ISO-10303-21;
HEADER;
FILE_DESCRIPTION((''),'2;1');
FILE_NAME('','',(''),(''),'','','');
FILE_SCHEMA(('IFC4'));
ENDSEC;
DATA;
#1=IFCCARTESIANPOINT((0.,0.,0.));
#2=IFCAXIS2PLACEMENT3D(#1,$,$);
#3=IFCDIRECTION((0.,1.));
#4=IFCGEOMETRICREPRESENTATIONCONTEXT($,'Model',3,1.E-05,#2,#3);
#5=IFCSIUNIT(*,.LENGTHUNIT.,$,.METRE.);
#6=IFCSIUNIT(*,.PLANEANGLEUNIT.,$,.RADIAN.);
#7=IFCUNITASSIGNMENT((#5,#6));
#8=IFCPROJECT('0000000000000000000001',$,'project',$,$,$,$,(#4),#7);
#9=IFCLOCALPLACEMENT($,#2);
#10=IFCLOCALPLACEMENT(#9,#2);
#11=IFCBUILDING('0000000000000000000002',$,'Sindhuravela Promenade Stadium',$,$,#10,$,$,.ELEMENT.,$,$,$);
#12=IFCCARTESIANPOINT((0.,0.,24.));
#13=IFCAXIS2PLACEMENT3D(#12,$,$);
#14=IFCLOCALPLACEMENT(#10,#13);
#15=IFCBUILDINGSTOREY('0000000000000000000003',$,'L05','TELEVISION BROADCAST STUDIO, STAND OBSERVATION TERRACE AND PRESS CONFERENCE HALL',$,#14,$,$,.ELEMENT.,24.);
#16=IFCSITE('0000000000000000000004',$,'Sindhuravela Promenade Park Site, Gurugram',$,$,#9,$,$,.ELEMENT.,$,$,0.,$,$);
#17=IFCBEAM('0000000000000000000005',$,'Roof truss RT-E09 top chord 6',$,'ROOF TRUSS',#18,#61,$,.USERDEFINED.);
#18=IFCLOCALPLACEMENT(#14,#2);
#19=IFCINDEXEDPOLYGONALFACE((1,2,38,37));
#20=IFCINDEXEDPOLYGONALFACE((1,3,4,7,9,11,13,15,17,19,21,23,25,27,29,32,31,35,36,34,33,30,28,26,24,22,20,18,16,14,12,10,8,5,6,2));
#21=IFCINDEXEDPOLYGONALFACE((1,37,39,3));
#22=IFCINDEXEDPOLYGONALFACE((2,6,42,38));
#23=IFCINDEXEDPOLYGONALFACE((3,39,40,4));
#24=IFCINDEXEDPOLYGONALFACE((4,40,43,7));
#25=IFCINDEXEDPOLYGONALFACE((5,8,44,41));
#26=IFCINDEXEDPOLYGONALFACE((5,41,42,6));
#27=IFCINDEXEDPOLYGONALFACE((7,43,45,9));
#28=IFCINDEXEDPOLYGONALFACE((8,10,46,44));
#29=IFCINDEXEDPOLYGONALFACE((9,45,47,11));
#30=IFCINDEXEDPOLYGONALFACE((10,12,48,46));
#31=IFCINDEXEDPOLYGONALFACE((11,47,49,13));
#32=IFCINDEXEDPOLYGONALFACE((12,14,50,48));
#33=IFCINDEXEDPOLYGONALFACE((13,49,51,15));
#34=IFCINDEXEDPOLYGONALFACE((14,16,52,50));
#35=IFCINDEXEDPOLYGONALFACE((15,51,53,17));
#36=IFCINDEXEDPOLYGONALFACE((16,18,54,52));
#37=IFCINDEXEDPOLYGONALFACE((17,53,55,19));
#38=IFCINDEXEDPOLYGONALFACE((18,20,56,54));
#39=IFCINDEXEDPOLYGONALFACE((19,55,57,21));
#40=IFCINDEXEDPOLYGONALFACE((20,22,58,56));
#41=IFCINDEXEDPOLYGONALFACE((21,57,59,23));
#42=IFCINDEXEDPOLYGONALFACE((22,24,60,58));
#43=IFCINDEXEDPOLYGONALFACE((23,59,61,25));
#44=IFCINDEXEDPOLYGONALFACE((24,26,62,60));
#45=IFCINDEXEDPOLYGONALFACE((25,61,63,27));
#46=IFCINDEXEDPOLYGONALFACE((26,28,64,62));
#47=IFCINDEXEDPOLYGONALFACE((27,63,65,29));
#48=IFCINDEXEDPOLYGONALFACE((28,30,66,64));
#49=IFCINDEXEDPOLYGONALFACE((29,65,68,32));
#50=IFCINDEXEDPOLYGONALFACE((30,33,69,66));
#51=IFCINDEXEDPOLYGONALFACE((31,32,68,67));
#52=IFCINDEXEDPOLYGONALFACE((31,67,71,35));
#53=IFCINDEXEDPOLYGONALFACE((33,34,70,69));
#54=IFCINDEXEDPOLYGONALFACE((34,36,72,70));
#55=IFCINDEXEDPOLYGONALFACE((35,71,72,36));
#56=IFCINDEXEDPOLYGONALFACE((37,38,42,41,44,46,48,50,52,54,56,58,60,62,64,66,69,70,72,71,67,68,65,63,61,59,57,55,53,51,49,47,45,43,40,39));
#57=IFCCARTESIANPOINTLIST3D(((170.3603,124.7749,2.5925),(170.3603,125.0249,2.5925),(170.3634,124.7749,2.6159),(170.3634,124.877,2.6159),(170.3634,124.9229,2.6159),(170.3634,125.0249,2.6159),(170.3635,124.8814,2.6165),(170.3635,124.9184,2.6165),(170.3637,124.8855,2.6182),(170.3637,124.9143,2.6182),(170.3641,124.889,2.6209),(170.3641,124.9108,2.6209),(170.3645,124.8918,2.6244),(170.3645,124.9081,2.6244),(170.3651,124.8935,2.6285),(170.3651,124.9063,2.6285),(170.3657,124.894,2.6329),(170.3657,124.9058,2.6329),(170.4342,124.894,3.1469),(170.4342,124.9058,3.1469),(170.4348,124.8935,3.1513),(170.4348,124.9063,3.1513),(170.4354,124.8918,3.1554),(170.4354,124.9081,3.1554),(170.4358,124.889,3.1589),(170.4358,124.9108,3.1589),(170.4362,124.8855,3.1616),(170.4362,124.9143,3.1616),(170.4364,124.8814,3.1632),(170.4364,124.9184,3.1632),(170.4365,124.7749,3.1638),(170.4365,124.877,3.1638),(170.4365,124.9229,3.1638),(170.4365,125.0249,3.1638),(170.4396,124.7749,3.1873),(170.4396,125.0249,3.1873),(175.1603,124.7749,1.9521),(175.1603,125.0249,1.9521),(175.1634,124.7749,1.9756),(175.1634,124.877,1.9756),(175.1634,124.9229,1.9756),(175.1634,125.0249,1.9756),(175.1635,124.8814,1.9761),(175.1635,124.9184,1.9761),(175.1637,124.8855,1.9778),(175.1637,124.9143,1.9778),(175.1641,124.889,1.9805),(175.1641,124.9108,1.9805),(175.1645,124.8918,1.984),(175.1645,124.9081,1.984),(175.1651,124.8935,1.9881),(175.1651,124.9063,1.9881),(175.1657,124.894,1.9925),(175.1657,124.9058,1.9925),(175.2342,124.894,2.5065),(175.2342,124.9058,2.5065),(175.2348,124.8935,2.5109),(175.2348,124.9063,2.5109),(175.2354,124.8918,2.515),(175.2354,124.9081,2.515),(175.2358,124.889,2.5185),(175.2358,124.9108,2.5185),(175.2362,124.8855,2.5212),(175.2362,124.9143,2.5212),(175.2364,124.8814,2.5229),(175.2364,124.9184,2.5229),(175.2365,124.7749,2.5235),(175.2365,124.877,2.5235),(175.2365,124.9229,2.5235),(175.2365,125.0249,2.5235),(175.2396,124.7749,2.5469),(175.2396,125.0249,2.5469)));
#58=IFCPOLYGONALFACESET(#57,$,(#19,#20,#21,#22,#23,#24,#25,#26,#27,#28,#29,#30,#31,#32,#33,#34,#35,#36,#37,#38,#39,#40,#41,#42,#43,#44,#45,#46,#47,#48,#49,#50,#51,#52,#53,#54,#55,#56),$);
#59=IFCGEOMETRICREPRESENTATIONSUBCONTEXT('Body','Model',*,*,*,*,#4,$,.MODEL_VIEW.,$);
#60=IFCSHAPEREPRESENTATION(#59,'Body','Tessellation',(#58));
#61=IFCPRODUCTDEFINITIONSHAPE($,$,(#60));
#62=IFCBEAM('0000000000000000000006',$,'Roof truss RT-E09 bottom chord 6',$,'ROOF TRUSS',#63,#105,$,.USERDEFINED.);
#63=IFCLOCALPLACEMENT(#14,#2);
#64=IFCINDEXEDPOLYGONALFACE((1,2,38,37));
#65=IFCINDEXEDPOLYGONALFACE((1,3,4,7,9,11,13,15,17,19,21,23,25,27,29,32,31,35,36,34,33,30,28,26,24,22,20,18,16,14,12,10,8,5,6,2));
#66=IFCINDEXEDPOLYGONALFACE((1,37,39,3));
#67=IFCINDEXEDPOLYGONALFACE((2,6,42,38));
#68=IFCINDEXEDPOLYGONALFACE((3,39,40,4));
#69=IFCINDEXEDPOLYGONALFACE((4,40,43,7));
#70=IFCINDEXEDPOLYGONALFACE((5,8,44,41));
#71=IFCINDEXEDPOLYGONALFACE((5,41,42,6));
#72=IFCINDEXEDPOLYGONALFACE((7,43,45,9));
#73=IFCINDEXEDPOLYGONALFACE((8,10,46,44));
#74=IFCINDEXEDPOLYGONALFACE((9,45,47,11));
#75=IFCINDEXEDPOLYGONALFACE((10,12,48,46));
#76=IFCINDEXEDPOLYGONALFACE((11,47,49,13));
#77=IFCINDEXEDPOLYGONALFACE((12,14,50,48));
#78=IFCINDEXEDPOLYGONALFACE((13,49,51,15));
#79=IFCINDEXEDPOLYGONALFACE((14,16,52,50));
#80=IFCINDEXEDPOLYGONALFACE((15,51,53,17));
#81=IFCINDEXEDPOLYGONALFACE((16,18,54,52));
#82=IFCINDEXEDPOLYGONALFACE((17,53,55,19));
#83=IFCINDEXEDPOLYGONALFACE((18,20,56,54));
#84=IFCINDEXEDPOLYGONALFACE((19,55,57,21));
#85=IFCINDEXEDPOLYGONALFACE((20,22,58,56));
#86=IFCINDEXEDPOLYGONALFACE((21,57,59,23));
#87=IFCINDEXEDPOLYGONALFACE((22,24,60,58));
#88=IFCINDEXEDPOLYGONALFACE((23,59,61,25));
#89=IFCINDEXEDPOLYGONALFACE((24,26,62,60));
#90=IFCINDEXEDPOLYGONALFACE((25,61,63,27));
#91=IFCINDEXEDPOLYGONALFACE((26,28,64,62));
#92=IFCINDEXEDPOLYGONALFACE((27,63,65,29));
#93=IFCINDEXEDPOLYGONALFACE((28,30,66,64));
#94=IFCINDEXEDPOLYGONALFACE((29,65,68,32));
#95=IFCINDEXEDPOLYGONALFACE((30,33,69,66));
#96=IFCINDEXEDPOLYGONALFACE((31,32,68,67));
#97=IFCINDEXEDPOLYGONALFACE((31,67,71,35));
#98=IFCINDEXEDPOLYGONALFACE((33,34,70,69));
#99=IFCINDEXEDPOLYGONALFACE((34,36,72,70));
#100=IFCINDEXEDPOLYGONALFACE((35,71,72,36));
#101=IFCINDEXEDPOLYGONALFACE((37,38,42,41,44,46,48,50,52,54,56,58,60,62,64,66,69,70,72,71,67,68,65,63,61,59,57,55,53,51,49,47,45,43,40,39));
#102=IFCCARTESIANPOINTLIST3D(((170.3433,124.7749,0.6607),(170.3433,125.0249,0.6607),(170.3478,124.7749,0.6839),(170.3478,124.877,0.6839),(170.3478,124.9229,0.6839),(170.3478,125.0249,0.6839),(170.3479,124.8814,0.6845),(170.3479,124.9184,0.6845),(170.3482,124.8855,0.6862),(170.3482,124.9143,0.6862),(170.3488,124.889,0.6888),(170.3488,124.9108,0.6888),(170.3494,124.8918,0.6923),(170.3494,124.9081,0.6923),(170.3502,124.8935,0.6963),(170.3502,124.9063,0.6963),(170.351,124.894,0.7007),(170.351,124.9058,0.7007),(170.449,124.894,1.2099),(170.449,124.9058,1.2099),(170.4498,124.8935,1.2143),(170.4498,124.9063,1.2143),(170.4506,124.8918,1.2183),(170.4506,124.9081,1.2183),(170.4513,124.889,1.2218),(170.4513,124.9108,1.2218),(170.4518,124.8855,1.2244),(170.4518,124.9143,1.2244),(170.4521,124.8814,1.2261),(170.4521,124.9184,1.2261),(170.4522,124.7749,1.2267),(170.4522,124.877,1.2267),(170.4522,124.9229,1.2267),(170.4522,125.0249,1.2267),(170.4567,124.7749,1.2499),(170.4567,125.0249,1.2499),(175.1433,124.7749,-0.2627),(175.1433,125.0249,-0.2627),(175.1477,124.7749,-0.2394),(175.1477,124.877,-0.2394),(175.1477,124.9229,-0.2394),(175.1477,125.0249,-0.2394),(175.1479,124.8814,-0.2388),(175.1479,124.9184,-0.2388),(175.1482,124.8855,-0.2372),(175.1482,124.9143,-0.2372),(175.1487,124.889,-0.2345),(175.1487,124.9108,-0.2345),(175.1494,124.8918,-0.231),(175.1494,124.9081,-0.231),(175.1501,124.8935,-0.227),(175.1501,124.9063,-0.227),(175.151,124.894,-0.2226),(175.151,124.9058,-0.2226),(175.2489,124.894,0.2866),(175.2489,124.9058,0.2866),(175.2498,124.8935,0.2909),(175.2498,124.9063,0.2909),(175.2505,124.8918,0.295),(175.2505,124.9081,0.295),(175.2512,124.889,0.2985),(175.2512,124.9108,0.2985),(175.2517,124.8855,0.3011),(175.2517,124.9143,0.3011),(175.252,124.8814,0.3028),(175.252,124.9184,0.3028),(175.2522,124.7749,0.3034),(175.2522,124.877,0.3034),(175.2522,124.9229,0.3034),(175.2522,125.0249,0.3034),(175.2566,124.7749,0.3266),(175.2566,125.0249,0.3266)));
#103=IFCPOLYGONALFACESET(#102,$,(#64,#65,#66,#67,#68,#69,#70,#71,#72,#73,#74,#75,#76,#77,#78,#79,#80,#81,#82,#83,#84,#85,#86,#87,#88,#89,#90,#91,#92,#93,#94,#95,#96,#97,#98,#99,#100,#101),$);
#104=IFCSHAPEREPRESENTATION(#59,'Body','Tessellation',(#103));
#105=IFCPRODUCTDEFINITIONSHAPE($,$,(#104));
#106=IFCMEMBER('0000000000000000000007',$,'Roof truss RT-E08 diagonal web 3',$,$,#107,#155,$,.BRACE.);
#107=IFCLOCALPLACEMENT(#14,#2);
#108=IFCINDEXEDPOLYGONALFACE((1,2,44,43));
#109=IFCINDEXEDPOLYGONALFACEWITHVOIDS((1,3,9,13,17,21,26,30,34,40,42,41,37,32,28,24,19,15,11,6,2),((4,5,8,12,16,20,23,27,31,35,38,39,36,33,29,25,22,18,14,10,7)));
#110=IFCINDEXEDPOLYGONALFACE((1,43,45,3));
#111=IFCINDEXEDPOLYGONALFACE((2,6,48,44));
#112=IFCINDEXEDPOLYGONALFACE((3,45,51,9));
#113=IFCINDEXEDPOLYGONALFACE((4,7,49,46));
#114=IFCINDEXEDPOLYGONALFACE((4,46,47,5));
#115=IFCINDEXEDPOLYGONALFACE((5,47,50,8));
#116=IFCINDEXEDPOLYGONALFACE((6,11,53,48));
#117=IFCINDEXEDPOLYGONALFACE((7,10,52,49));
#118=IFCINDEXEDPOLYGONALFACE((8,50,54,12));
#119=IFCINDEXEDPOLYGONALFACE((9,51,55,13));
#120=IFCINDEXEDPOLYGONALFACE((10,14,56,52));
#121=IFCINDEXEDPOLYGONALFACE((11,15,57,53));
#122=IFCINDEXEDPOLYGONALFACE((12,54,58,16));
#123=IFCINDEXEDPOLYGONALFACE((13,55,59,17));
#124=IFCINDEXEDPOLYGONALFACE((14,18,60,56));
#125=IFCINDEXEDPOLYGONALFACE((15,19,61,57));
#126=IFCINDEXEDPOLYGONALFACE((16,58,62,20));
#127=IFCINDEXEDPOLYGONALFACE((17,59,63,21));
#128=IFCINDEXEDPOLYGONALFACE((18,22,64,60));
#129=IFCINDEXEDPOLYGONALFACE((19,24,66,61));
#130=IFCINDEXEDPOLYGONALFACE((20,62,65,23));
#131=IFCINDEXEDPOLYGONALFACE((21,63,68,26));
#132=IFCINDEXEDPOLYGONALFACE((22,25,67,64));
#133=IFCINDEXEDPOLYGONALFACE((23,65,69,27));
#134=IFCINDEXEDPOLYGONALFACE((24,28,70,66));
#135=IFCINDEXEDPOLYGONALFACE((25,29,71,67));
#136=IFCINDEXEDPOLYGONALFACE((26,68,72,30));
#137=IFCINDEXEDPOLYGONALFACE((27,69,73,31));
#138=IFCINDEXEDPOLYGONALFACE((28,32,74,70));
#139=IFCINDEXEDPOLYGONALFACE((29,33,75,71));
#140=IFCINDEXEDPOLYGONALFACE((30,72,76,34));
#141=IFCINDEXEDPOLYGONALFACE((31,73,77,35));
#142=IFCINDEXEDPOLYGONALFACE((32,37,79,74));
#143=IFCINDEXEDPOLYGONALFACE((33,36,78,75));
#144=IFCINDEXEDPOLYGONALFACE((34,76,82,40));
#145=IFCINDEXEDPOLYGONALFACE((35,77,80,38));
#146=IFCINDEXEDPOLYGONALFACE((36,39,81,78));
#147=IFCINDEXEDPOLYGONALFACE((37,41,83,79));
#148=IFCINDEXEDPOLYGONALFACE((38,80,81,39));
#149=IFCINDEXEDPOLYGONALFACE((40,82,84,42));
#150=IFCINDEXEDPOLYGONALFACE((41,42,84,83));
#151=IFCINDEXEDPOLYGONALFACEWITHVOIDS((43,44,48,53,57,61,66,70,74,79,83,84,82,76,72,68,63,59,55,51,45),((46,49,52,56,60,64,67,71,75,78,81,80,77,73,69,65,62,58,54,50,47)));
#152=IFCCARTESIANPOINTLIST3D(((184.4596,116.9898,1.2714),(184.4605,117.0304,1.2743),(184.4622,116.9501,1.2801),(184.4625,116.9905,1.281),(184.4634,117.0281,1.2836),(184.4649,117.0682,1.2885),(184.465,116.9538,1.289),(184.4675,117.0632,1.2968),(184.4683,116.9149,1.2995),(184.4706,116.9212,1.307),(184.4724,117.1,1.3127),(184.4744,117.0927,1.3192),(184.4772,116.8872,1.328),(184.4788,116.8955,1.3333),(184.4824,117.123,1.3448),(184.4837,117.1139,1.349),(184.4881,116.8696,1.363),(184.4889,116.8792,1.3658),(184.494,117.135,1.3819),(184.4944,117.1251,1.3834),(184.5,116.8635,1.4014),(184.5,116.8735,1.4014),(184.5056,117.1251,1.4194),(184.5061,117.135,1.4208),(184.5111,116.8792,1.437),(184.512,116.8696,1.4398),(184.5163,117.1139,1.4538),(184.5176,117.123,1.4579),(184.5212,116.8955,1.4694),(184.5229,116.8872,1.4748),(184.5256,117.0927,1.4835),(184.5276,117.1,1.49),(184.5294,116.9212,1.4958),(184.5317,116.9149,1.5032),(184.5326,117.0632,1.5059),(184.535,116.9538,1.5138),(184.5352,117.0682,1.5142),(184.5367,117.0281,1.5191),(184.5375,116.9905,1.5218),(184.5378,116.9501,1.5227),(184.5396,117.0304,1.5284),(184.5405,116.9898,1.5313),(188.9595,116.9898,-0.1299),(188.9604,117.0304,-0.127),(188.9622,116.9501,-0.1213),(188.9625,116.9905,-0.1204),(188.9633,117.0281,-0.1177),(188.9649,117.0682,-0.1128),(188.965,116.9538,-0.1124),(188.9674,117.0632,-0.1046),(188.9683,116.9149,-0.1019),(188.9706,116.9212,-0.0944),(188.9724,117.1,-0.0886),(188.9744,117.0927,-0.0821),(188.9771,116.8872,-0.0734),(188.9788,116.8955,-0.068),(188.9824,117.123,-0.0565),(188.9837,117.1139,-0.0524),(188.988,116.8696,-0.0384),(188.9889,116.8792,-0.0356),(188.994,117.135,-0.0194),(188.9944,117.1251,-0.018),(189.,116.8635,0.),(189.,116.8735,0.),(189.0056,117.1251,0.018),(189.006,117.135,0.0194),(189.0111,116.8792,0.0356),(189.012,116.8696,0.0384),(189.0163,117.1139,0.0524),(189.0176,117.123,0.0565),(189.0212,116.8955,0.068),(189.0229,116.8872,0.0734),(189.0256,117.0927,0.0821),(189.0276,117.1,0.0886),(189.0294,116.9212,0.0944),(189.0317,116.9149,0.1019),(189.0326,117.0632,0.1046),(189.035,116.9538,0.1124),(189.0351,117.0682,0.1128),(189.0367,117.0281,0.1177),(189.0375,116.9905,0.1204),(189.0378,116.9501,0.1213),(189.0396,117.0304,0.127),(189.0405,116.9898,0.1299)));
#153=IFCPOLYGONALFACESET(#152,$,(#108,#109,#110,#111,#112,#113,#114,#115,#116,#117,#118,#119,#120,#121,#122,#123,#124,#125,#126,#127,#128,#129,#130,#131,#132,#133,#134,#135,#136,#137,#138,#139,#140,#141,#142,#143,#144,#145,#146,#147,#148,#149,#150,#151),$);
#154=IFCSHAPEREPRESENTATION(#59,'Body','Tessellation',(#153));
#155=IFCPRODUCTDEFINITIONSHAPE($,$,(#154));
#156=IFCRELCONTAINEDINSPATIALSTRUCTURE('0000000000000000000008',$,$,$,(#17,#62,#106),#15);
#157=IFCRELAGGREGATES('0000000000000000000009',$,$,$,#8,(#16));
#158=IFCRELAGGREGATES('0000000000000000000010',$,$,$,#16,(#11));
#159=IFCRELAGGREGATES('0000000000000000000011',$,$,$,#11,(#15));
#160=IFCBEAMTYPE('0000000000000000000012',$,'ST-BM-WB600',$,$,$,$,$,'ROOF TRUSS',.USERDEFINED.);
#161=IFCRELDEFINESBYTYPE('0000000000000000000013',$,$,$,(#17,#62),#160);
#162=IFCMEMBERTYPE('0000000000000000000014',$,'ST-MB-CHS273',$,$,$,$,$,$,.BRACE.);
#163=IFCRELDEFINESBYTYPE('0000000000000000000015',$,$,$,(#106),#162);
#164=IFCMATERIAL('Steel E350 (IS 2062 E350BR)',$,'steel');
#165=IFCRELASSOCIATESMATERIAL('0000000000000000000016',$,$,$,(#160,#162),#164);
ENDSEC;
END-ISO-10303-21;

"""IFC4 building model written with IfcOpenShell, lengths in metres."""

from ifc_helpers import new_model, si_unit, direction, frame, origin, origin_2d, place, context, subcontext, project, spatial, hollow_circle, i_section, extrude, material, material_profile, profile_set, type_object, element, save


model = new_model("IFC4")

# Units and contexts
model_context = context("Model", 3, precision=1e-05, world=origin(), true_north=direction((0.0, 1.0)))
body_context = subcontext(model_context, "Body", "Model", "MODEL_VIEW")
ifc_project = project(units=[si_unit("LENGTHUNIT", "METRE"), si_unit("PLANEANGLEUNIT", "RADIAN")], contexts=[model_context])

# Site, building, storey
site_placement = place(None, origin())
site = spatial("IfcSite", under=ifc_project, at=site_placement, Name="Sindhuravela Promenade Park Site, Gurugram", CompositionType="ELEMENT", RefElevation=0.0)
building_placement = place(site_placement, origin())
building = spatial("IfcBuilding", under=site, at=building_placement, Name="Sindhuravela Promenade Stadium", CompositionType="ELEMENT")
storey_placement = place(building_placement, frame((0.0, 0.0, 24.0)))
storey = spatial("IfcBuildingStorey", under=building, at=storey_placement, Name="L05", Description="TELEVISION BROADCAST STUDIO, STAND OBSERVATION TERRACE AND PRESS CONFERENCE HALL", CompositionType="ELEMENT", Elevation=24.0)

# Beams
ifc_material_1 = material(Name="Steel E350 (IS 2062 E350BR)", Category="steel")
ifc_material_profile_1 = material_profile(ifc_material_1, i_section(OverallWidth=0.25, OverallDepth=0.6001, WebThickness=0.0117, FlangeThickness=0.0237, FilletRadius=0.0171, at=origin_2d()), Name="ISWB 600")
ifc_profile_set_1 = profile_set([ifc_material_profile_1], Name="Steel E350 (IS 2062 E350BR)")
beam_type = type_object("IfcBeamType", Name="ST-BM-WB600", ElementType="ROOF TRUSS", PredefinedType="USERDEFINED", material=ifc_profile_set_1)
beam_1_placement = place(storey_placement, frame((175.2, 124.8999, 2.2495), z_axis=(-0.991218, 0.0, 0.13224), x_axis=(0.0, -1.0, 0.0)))
element("IfcBeam", 1, at=beam_1_placement, inside=storey, type_object=beam_type, Name="Roof truss RT-E09 top chord 6", ObjectType="ROOF TRUSS", PredefinedType="USERDEFINED", context=body_context, shape_type="SweptSolid", body=[
    extrude(i_section(OverallWidth=0.25, OverallDepth=0.6001, WebThickness=0.0117, FlangeThickness=0.0237, FilletRadius=0.0171, at=origin_2d()), origin(), (0.0, 0.0, 1.0), 4.8425),
])
beam_2_placement = place(storey_placement, frame((175.2, 124.8999, 0.032), z_axis=(-0.981997, 0.0, 0.188897), x_axis=(0.0, -1.0, 0.0)))
element("IfcBeam", 2, at=beam_2_placement, inside=storey, type_object=beam_type, Name="Roof truss RT-E09 bottom chord 6", ObjectType="ROOF TRUSS", PredefinedType="USERDEFINED", context=body_context, shape_type="SweptSolid", body=[
    extrude(i_section(OverallWidth=0.25, OverallDepth=0.6001, WebThickness=0.0117, FlangeThickness=0.0237, FilletRadius=0.0171, at=origin_2d()), origin(), (0.0, 0.0, 1.0), 4.8879),
])

# Member
ifc_material_profile_2 = material_profile(ifc_material_1, hollow_circle(Radius=0.1365, WallThickness=0.01, at=origin_2d()), Name="CHS 273.0x10")
ifc_profile_set_2 = profile_set([ifc_material_profile_2], Name="Steel E350 (IS 2062 E350BR)")
member_type_1 = type_object("IfcMemberType", Name="ST-MB-CHS273", PredefinedType="BRACE", material=ifc_profile_set_2)
for number, where, z_axis, x_axis, name in (
    (3, (189.0, 117.0, 0.0), (-0.954774, 0.0, 0.297331), (0.0, -1.0, 0.0), "Roof truss RT-E08 diagonal web 3"),
):
    element("IfcMember", number, at=place(storey_placement, frame(where, z_axis=z_axis, x_axis=x_axis)), inside=storey, type_object=member_type_1, Name=name, PredefinedType="BRACE", context=body_context, shape_type="SweptSolid", body=[
        extrude(hollow_circle(Radius=0.1365, WallThickness=0.01, at=origin_2d()), origin(), (0.0, 0.0, 1.0), 4.7131),
    ])

save(model, "model.ifc")
